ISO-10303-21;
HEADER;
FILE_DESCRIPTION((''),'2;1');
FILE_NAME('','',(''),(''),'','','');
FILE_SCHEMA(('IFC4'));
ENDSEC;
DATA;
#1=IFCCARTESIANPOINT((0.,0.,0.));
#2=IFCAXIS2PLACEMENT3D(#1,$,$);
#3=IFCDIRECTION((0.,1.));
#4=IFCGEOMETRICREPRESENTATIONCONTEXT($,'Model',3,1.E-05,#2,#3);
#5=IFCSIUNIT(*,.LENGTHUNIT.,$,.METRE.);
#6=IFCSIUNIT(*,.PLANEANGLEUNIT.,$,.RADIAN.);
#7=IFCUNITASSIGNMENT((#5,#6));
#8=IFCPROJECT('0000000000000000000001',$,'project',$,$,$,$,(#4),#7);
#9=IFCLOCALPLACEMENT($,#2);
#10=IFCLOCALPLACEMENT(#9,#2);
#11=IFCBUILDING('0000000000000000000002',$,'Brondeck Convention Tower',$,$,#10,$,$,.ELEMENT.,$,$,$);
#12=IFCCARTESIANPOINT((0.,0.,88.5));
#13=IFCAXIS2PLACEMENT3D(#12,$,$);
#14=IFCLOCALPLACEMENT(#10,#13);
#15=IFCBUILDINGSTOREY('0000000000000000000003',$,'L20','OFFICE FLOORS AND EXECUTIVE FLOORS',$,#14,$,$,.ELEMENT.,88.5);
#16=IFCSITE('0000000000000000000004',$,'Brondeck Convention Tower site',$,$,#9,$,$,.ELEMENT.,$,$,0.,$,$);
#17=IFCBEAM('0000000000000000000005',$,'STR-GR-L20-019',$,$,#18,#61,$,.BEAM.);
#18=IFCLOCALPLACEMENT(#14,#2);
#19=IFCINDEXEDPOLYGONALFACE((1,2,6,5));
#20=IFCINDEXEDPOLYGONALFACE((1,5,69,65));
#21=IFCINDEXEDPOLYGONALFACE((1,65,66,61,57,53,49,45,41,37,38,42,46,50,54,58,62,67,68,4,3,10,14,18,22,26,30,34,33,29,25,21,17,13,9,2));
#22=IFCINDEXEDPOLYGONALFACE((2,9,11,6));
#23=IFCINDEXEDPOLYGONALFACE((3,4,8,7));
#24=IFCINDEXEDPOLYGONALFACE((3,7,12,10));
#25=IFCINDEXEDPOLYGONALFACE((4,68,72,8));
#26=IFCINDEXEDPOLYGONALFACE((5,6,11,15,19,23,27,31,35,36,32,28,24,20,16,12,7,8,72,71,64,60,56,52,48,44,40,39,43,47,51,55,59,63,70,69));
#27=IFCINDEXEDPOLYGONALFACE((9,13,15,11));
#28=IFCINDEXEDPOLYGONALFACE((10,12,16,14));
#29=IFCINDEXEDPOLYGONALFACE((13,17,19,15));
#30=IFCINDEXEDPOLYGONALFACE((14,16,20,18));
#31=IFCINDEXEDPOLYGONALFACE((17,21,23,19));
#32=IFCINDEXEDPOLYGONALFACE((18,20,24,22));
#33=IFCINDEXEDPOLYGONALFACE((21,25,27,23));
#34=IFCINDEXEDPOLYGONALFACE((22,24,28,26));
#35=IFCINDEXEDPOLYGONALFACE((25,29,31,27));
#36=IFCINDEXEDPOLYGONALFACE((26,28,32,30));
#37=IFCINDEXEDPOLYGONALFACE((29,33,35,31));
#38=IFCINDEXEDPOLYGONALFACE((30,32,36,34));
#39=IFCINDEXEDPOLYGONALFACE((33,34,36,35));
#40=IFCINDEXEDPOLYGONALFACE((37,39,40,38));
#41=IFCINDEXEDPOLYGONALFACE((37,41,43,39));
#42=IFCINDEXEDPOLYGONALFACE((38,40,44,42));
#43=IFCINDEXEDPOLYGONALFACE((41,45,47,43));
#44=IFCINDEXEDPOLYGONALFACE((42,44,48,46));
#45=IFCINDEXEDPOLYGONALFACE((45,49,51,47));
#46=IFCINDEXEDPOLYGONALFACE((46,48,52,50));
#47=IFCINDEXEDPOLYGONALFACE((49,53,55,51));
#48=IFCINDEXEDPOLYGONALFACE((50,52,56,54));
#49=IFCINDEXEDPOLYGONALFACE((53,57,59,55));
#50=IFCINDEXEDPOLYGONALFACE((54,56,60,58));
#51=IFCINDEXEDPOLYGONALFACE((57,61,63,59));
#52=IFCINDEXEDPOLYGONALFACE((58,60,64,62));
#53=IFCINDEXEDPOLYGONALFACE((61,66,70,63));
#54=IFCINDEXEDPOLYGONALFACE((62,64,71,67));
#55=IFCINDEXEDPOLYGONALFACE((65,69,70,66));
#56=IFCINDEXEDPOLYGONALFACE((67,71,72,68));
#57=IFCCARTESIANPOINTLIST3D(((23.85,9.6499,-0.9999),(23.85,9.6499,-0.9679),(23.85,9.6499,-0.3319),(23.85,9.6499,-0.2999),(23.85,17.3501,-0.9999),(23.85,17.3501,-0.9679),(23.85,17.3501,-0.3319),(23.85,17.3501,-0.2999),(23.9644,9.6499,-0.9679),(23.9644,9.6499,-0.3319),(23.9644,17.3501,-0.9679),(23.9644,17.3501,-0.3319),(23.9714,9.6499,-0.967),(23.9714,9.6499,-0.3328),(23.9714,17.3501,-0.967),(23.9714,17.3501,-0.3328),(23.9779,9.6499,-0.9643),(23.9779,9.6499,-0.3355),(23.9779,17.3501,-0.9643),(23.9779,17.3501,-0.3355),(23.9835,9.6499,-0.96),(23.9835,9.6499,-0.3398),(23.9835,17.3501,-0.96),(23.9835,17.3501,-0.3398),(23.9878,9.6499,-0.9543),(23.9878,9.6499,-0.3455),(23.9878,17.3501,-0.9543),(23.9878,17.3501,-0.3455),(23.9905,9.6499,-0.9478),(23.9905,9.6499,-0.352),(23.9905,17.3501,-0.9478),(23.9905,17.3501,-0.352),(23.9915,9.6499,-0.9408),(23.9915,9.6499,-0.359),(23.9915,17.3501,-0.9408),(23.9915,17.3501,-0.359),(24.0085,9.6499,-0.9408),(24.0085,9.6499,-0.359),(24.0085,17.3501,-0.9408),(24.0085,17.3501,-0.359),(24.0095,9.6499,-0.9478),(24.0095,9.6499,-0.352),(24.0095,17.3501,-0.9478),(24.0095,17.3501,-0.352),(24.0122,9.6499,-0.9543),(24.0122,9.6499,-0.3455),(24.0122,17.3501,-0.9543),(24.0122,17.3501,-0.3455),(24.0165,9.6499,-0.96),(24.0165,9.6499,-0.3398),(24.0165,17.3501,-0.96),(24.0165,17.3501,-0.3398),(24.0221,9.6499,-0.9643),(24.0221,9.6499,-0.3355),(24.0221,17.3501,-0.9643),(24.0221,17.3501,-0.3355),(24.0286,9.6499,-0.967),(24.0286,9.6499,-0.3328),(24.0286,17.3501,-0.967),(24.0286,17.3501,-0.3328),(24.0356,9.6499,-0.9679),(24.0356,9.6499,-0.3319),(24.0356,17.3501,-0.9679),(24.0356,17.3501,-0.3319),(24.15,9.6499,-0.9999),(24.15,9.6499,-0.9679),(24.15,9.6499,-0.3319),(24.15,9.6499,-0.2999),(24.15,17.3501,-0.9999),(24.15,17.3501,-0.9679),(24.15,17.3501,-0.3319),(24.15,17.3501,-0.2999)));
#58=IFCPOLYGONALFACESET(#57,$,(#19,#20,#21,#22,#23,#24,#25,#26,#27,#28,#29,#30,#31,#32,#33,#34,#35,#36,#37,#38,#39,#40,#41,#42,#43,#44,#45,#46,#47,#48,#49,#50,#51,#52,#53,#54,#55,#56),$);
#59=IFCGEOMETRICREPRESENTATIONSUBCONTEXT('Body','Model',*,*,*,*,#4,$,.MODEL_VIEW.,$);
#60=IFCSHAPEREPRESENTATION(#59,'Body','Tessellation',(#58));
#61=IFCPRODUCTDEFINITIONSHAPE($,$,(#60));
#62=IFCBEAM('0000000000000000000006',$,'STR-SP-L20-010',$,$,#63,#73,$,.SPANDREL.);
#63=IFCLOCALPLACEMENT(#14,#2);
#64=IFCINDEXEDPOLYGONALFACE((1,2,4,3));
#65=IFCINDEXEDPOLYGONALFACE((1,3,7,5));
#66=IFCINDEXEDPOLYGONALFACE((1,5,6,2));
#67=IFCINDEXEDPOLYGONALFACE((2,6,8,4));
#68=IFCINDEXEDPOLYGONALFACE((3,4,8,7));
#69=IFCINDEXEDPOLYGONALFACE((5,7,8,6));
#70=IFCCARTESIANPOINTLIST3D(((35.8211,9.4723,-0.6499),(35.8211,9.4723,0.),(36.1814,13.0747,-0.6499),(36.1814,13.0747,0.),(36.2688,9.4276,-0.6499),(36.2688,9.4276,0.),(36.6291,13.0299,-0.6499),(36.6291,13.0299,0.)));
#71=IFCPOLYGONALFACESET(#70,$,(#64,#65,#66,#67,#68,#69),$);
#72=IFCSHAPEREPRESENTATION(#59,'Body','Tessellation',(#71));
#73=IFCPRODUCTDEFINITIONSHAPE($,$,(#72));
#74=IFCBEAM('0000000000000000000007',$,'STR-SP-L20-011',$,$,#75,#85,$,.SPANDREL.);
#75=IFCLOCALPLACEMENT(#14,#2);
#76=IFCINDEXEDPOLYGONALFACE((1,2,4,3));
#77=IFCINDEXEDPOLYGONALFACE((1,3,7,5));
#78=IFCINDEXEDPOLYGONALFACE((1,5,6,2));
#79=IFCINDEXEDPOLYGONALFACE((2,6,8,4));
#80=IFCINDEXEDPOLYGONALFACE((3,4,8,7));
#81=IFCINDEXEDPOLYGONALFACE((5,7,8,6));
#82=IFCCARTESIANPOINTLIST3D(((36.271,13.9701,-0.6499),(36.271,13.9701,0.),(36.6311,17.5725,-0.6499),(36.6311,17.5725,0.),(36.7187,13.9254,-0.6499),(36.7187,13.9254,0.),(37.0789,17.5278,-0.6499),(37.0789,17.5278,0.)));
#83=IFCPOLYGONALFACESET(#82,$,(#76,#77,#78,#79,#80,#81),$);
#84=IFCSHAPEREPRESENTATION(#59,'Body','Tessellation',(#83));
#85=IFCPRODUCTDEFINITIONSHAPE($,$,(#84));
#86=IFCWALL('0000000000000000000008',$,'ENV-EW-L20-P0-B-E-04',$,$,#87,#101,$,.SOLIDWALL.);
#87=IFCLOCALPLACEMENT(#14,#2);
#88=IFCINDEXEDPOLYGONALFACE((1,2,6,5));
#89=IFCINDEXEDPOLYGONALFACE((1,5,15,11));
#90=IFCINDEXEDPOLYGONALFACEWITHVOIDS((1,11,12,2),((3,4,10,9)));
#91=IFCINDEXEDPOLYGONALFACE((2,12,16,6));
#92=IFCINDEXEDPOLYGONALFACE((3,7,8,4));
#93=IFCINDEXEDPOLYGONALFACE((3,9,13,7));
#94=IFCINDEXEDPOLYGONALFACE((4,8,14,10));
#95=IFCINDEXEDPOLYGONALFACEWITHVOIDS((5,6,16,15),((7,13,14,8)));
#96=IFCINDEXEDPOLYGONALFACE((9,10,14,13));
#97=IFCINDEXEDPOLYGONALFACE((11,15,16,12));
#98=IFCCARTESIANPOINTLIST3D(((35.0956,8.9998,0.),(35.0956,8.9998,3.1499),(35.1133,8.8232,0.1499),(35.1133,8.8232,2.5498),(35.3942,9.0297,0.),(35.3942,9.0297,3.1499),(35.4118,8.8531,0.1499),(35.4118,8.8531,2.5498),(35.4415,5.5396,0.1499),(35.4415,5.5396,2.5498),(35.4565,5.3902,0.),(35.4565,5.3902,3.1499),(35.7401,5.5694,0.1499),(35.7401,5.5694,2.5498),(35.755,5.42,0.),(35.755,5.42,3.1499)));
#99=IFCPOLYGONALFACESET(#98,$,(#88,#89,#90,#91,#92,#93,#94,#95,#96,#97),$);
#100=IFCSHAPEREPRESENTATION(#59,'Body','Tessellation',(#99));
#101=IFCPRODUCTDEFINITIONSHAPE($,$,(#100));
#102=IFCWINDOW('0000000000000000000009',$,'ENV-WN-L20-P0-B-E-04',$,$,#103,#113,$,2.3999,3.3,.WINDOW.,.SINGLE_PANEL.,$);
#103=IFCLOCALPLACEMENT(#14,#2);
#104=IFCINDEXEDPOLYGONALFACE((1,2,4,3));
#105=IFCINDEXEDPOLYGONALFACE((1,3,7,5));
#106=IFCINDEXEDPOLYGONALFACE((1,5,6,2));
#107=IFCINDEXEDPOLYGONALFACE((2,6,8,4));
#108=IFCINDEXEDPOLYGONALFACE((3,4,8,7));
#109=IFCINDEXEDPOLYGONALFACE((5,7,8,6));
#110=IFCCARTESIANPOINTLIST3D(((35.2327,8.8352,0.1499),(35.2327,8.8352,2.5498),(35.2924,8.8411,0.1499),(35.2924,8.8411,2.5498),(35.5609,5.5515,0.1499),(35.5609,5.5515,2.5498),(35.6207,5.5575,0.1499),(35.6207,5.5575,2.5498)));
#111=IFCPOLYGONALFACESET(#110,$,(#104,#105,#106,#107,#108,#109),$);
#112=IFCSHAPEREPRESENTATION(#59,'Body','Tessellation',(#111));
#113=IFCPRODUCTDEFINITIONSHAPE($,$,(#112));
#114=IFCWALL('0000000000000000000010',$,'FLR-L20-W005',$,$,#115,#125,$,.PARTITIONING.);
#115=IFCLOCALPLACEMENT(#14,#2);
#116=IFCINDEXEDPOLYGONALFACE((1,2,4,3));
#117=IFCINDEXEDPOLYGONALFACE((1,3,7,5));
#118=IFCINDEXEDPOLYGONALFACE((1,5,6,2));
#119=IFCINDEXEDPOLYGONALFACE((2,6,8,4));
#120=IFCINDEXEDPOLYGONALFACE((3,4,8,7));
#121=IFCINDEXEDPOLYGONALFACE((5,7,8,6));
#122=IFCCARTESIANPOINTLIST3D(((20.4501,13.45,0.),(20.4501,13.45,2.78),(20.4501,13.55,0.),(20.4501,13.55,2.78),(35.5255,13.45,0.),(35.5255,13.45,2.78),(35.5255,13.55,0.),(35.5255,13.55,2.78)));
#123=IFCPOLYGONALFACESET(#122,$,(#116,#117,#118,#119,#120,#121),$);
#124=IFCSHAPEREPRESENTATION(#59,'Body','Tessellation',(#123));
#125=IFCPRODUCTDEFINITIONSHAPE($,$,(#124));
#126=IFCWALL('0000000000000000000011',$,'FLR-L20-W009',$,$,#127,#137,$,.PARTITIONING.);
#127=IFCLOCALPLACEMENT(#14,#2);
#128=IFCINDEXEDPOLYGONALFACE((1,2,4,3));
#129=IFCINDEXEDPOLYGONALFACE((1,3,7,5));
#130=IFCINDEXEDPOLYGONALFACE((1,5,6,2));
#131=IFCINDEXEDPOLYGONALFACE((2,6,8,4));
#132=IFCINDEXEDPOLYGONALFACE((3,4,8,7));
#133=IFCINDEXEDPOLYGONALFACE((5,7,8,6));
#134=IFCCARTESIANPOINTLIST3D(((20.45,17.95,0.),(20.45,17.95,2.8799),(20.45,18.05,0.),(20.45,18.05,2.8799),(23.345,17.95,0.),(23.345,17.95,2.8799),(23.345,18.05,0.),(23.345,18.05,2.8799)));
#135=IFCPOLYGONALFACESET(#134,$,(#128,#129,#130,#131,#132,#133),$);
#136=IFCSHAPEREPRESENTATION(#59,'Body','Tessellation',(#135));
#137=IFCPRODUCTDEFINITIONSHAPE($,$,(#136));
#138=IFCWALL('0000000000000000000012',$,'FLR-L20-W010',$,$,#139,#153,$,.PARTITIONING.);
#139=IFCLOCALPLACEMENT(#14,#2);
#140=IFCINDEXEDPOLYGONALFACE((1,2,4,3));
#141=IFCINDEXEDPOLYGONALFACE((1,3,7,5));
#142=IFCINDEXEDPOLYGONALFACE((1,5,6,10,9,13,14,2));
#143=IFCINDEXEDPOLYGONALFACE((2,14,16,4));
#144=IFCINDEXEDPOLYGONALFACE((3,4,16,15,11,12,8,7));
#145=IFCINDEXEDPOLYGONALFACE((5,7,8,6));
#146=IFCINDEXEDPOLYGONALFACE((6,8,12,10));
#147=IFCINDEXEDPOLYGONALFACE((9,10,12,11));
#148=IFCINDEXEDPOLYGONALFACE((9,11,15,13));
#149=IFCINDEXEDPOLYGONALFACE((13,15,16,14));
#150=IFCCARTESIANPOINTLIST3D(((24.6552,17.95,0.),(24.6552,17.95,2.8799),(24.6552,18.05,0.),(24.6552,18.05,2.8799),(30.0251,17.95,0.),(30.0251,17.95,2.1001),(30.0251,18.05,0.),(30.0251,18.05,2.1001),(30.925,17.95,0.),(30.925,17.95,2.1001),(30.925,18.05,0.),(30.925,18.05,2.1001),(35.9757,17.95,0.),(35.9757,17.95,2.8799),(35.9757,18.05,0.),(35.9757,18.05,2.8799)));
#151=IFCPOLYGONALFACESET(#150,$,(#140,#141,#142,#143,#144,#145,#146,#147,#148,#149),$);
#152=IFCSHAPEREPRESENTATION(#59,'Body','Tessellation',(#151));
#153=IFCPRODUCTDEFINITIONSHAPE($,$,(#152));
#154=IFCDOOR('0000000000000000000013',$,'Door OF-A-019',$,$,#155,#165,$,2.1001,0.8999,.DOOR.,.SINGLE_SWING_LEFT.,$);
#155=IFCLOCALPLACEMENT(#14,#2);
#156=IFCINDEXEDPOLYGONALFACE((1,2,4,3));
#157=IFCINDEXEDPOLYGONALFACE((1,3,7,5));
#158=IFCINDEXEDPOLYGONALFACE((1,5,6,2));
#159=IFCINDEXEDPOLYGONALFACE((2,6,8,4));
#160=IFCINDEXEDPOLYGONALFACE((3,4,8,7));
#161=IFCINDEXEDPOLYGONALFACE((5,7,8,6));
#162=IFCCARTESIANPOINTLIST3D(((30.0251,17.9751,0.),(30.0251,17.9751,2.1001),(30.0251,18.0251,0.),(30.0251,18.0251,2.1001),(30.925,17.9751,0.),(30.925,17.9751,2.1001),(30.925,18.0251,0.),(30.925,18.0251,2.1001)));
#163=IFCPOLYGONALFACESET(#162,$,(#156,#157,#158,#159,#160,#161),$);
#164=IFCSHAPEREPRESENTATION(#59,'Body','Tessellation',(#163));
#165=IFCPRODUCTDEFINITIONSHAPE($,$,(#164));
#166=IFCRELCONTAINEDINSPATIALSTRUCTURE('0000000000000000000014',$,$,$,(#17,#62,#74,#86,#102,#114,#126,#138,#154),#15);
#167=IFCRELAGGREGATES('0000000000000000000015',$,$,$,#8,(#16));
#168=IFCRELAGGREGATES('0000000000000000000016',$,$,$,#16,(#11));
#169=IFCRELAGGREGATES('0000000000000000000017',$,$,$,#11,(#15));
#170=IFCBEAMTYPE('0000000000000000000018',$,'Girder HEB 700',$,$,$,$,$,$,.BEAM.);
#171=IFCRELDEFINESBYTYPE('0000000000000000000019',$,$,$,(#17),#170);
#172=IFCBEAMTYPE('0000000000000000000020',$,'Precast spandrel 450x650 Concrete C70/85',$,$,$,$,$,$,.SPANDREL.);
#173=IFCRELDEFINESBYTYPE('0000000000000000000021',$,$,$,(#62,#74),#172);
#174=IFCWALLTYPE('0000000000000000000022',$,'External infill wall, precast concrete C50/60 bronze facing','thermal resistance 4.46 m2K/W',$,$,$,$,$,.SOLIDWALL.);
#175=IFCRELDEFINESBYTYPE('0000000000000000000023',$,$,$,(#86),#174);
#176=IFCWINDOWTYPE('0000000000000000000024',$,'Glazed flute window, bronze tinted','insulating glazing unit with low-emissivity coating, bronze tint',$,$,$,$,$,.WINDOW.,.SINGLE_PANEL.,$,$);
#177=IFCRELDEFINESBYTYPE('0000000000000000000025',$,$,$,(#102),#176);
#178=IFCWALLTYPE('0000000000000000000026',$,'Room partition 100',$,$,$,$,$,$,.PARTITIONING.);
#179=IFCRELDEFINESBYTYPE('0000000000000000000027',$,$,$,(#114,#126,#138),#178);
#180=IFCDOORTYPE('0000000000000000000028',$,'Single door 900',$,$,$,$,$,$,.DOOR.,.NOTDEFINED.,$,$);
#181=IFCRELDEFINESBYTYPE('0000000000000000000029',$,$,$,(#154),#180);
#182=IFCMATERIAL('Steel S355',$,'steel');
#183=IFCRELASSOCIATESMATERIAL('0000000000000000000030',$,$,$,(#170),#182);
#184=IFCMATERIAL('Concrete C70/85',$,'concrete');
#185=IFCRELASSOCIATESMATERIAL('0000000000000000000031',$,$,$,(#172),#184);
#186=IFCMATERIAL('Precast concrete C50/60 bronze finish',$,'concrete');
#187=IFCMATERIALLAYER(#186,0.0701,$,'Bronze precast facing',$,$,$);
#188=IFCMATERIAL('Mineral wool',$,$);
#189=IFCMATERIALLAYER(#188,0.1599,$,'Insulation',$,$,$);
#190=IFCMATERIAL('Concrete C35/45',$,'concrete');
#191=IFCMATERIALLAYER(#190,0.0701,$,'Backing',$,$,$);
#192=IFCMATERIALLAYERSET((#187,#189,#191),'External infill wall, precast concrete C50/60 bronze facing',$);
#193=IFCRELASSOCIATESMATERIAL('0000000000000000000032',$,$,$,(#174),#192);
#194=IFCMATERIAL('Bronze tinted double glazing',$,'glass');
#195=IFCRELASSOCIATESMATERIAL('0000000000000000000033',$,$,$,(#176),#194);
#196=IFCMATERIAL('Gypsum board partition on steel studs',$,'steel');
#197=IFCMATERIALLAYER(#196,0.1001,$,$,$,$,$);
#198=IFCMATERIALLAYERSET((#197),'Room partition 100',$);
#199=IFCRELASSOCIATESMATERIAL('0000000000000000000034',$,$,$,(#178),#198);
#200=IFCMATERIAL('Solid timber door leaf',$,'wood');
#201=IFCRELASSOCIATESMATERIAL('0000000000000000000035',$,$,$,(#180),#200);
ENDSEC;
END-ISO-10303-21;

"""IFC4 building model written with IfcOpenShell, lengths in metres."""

from ifc_helpers import new_model, si_unit, direction, frame, frame_2d, origin, origin_2d, place, context, subcontext, project, spatial, rectangle, i_section, extrude, material, layer, layer_set, material_profile, profile_set, type_object, element, fill, save


model = new_model("IFC4")

# Units and contexts
model_context = context("Model", 3, precision=1e-05, world=origin(), true_north=direction((0.0, 1.0)))
body_context = subcontext(model_context, "Body", "Model", "MODEL_VIEW")
ifc_project = project(units=[si_unit("LENGTHUNIT", "METRE"), si_unit("PLANEANGLEUNIT", "RADIAN")], contexts=[model_context])

# Site, building, storey
site_placement = place(None, origin())
site = spatial("IfcSite", under=ifc_project, at=site_placement, Name="Brondeck Convention Tower site", CompositionType="ELEMENT", RefElevation=0.0)
building_placement = place(site_placement, origin())
building = spatial("IfcBuilding", under=site, at=building_placement, Name="Brondeck Convention Tower", CompositionType="ELEMENT")
storey_placement = place(building_placement, frame((0.0, 0.0, 88.5)))
storey = spatial("IfcBuildingStorey", under=building, at=storey_placement, Name="L20", Description="OFFICE FLOORS AND EXECUTIVE FLOORS", CompositionType="ELEMENT", Elevation=88.5)

# Shared definitions
ifc_material_1 = material(Name="Concrete C70/85", Category="concrete")

# Beams
ifc_material_2 = material(Name="Steel S355", Category="steel")
ifc_material_profile_1 = material_profile(ifc_material_2, i_section(OverallWidth=0.3, OverallDepth=0.7, WebThickness=0.0171, FlangeThickness=0.032, FilletRadius=0.0271, at=origin_2d()), Name="HEB 700")
ifc_profile_set_1 = profile_set([ifc_material_profile_1], Name="Steel S355")
beam_type_1 = type_object("IfcBeamType", Name="Girder HEB 700", PredefinedType="BEAM", material=ifc_profile_set_1)
beam_1_placement = place(storey_placement, frame((24.0, 17.3501, -0.6499), z_axis=(0.0, -1.0, 0.0), x_axis=(1.0, 0.0, 0.0)))
element("IfcBeam", 1, at=beam_1_placement, inside=storey, type_object=beam_type_1, Name="STR-GR-L20-019", PredefinedType="BEAM", context=body_context, shape_type="SweptSolid", body=[
    extrude(i_section(OverallWidth=0.3, OverallDepth=0.7, WebThickness=0.0171, FlangeThickness=0.032, FilletRadius=0.0271, at=origin_2d()), origin(), (0.0, 0.0, 1.0), 7.7002),
])
ifc_material_profile_2 = material_profile(ifc_material_1, rectangle(XDim=0.45, YDim=0.6499, at=origin_2d()), Name="Precast spandrel 450x650 Concrete C70/85")
ifc_profile_set_2 = profile_set([ifc_material_profile_2], Name="Concrete C70/85")
beam_type_2 = type_object("IfcBeamType", Name="Precast spandrel 450x650 Concrete C70/85", PredefinedType="SPANDREL", material=ifc_profile_set_2)
for number, where, z_axis, x_axis, name in (
    (2, (36.0449, 9.45, -0.325), (0.099537, 0.995034, 0.0), (-0.995034, 0.099537, 0.0), "STR-SP-L20-010"),
    (3, (36.4949, 13.9478, -0.325), (0.09947, 0.995041, 0.0), (-0.995041, 0.09947, 0.0), "STR-SP-L20-011"),
):
    element("IfcBeam", number, at=place(storey_placement, frame(where, z_axis=z_axis, x_axis=x_axis)), inside=storey, type_object=beam_type_2, Name=name, PredefinedType="SPANDREL", context=body_context, shape_type="SweptSolid", body=[
        extrude(rectangle(XDim=0.45, YDim=0.6499, at=origin_2d()), origin(), (0.0, 0.0, 1.0), 3.6204),
    ])

# Wall, opening, window
ifc_material_3 = material(Name="Precast concrete C50/60 bronze finish", Category="concrete")
ifc_layer_1 = layer(ifc_material_3, 0.0701, Name="Bronze precast facing")
ifc_material_4 = material(Name="Mineral wool")
ifc_layer_2 = layer(ifc_material_4, 0.1599, Name="Insulation")
ifc_material_5 = material(Name="Concrete C35/45", Category="concrete")
ifc_layer_3 = layer(ifc_material_5, 0.0701, Name="Backing")
ifc_layer_set_1 = layer_set([ifc_layer_1, ifc_layer_2, ifc_layer_3], Name="External infill wall, precast concrete C50/60 bronze facing")
wall_type_1 = type_object("IfcWallType", Name="External infill wall, precast concrete C50/60 bronze facing", Description="thermal resistance 4.46 m2K/W", PredefinedType="SOLIDWALL", material=ifc_layer_set_1)
wall_1_placement = place(storey_placement, frame((35.2449, 9.0149, 0.0), z_axis=(0.0, 0.0, 1.0), x_axis=(0.09947, -0.995041, 0.0)))
wall_1 = element("IfcWall", 4, at=wall_1_placement, inside=storey, type_object=wall_type_1, Name="ENV-EW-L20-P0-B-E-04", PredefinedType="SOLIDWALL", context=body_context, shape_type="SweptSolid", body=[
    extrude(rectangle(XDim=3.6277, YDim=0.3, at=frame_2d((1.814, 0.0))), origin(), (0.0, 0.0, 1.0), 3.1499),
])
opening_1_placement = place(wall_1_placement, frame((0.1777, 0.0, 0.1499)))
opening_1 = element("IfcOpeningElement", 5, at=opening_1_placement, cuts=wall_1, PredefinedType="OPENING", context=body_context, shape_type="SweptSolid", body=[
    extrude(rectangle(XDim=3.3, YDim=2.3999, at=frame_2d((1.6499, 1.2))), frame((0.0, 0.1599, 0.0), z_axis=(0.0, -1.0, 0.0), x_axis=(1.0, 0.0, 0.0)), (0.0, 0.0, 1.0), 0.3201),
])
ifc_material_6 = material(Name="Bronze tinted double glazing", Category="glass")
window_type = type_object("IfcWindowType", Name="Glazed flute window, bronze tinted", Description="insulating glazing unit with low-emissivity coating, bronze tint", PartitioningType="SINGLE_PANEL", PredefinedType="WINDOW", material=ifc_material_6)
window_placement = place(opening_1_placement, origin())
window = element("IfcWindow", 6, at=window_placement, inside=storey, type_object=window_type, Name="ENV-WN-L20-P0-B-E-04", OverallHeight=2.3999, OverallWidth=3.3, PartitioningType="SINGLE_PANEL", PredefinedType="WINDOW", context=body_context, shape_type="SweptSolid", body=[
    extrude(rectangle(XDim=3.3, YDim=2.3999, at=frame_2d((1.6499, 1.2))), frame((0.0, 0.03, 0.0), z_axis=(0.0, -1.0, 0.0), x_axis=(1.0, 0.0, 0.0)), (0.0, 0.0, 1.0), 0.0601),
])
fill(opening_1, window)

# Walls
ifc_material_7 = material(Name="Gypsum board partition on steel studs", Category="steel")
ifc_layer_4 = layer(ifc_material_7, 0.1001)
ifc_layer_set_2 = layer_set([ifc_layer_4], Name="Room partition 100")
wall_type_2 = type_object("IfcWallType", Name="Room partition 100", PredefinedType="PARTITIONING", material=ifc_layer_set_2)
wall_2_placement = place(storey_placement, frame((35.5254, 13.5, 0.0), z_axis=(0.0, 0.0, 1.0), x_axis=(-1.0, 0.0, 0.0)))
element("IfcWall", 7, at=wall_2_placement, inside=storey, type_object=wall_type_2, Name="FLR-L20-W005", PredefinedType="PARTITIONING", context=body_context, shape_type="SweptSolid", body=[
    extrude(rectangle(XDim=15.0754, YDim=0.1001, at=frame_2d((7.5376, 0.0))), origin(), (0.0, 0.0, 1.0), 2.78),
])
wall_3_placement = place(storey_placement, frame((23.345, 18.0, 0.0), z_axis=(0.0, 0.0, 1.0), x_axis=(-1.0, 0.0, 0.0)))
element("IfcWall", 8, at=wall_3_placement, inside=storey, type_object=wall_type_2, Name="FLR-L20-W009", PredefinedType="PARTITIONING", context=body_context, shape_type="SweptSolid", body=[
    extrude(rectangle(XDim=2.895, YDim=0.1001, at=frame_2d((1.4475, 0.0))), origin(), (0.0, 0.0, 1.0), 2.8799),
])

# Wall, opening, door
wall_4_placement = place(storey_placement, frame((35.9756, 18.0, 0.0), z_axis=(0.0, 0.0, 1.0), x_axis=(-1.0, 0.0, 0.0)))
wall_4 = element("IfcWall", 9, at=wall_4_placement, inside=storey, type_object=wall_type_2, Name="FLR-L20-W010", PredefinedType="PARTITIONING", context=body_context, shape_type="SweptSolid", body=[
    extrude(rectangle(XDim=11.3206, YDim=0.1001, at=frame_2d((5.6602, 0.0))), origin(), (0.0, 0.0, 1.0), 2.8799),
])
opening_2_placement = place(wall_4_placement, frame((5.0505, 0.0, 0.0)))
opening_2 = element("IfcOpeningElement", 10, at=opening_2_placement, cuts=wall_4, PredefinedType="OPENING", context=body_context, shape_type="SweptSolid", body=[
    extrude(rectangle(XDim=0.8999, YDim=2.1001, at=frame_2d((0.45, 1.05))), frame((0.0, 0.0601, 0.0), z_axis=(0.0, -1.0, 0.0), x_axis=(1.0, 0.0, 0.0)), (0.0, 0.0, 1.0), 0.1201),
])
ifc_material_8 = material(Name="Solid timber door leaf", Category="wood")
door_type = type_object("IfcDoorType", Name="Single door 900", OperationType="NOTDEFINED", PredefinedType="DOOR", material=ifc_material_8)
door_placement = place(opening_2_placement, origin())
door = element("IfcDoor", 11, at=door_placement, inside=storey, type_object=door_type, Name="Door OF-A-019", OperationType="SINGLE_SWING_LEFT", OverallHeight=2.1001, OverallWidth=0.8999, PredefinedType="DOOR", context=body_context, shape_type="SweptSolid", body=[
    extrude(rectangle(XDim=0.8999, YDim=2.1001, at=frame_2d((0.45, 1.05))), frame((0.0, 0.0249, 0.0), z_axis=(0.0, -1.0, 0.0), x_axis=(1.0, 0.0, 0.0)), (0.0, 0.0, 1.0), 0.05),
])
fill(opening_2, door)

save(model, "model.ifc")
